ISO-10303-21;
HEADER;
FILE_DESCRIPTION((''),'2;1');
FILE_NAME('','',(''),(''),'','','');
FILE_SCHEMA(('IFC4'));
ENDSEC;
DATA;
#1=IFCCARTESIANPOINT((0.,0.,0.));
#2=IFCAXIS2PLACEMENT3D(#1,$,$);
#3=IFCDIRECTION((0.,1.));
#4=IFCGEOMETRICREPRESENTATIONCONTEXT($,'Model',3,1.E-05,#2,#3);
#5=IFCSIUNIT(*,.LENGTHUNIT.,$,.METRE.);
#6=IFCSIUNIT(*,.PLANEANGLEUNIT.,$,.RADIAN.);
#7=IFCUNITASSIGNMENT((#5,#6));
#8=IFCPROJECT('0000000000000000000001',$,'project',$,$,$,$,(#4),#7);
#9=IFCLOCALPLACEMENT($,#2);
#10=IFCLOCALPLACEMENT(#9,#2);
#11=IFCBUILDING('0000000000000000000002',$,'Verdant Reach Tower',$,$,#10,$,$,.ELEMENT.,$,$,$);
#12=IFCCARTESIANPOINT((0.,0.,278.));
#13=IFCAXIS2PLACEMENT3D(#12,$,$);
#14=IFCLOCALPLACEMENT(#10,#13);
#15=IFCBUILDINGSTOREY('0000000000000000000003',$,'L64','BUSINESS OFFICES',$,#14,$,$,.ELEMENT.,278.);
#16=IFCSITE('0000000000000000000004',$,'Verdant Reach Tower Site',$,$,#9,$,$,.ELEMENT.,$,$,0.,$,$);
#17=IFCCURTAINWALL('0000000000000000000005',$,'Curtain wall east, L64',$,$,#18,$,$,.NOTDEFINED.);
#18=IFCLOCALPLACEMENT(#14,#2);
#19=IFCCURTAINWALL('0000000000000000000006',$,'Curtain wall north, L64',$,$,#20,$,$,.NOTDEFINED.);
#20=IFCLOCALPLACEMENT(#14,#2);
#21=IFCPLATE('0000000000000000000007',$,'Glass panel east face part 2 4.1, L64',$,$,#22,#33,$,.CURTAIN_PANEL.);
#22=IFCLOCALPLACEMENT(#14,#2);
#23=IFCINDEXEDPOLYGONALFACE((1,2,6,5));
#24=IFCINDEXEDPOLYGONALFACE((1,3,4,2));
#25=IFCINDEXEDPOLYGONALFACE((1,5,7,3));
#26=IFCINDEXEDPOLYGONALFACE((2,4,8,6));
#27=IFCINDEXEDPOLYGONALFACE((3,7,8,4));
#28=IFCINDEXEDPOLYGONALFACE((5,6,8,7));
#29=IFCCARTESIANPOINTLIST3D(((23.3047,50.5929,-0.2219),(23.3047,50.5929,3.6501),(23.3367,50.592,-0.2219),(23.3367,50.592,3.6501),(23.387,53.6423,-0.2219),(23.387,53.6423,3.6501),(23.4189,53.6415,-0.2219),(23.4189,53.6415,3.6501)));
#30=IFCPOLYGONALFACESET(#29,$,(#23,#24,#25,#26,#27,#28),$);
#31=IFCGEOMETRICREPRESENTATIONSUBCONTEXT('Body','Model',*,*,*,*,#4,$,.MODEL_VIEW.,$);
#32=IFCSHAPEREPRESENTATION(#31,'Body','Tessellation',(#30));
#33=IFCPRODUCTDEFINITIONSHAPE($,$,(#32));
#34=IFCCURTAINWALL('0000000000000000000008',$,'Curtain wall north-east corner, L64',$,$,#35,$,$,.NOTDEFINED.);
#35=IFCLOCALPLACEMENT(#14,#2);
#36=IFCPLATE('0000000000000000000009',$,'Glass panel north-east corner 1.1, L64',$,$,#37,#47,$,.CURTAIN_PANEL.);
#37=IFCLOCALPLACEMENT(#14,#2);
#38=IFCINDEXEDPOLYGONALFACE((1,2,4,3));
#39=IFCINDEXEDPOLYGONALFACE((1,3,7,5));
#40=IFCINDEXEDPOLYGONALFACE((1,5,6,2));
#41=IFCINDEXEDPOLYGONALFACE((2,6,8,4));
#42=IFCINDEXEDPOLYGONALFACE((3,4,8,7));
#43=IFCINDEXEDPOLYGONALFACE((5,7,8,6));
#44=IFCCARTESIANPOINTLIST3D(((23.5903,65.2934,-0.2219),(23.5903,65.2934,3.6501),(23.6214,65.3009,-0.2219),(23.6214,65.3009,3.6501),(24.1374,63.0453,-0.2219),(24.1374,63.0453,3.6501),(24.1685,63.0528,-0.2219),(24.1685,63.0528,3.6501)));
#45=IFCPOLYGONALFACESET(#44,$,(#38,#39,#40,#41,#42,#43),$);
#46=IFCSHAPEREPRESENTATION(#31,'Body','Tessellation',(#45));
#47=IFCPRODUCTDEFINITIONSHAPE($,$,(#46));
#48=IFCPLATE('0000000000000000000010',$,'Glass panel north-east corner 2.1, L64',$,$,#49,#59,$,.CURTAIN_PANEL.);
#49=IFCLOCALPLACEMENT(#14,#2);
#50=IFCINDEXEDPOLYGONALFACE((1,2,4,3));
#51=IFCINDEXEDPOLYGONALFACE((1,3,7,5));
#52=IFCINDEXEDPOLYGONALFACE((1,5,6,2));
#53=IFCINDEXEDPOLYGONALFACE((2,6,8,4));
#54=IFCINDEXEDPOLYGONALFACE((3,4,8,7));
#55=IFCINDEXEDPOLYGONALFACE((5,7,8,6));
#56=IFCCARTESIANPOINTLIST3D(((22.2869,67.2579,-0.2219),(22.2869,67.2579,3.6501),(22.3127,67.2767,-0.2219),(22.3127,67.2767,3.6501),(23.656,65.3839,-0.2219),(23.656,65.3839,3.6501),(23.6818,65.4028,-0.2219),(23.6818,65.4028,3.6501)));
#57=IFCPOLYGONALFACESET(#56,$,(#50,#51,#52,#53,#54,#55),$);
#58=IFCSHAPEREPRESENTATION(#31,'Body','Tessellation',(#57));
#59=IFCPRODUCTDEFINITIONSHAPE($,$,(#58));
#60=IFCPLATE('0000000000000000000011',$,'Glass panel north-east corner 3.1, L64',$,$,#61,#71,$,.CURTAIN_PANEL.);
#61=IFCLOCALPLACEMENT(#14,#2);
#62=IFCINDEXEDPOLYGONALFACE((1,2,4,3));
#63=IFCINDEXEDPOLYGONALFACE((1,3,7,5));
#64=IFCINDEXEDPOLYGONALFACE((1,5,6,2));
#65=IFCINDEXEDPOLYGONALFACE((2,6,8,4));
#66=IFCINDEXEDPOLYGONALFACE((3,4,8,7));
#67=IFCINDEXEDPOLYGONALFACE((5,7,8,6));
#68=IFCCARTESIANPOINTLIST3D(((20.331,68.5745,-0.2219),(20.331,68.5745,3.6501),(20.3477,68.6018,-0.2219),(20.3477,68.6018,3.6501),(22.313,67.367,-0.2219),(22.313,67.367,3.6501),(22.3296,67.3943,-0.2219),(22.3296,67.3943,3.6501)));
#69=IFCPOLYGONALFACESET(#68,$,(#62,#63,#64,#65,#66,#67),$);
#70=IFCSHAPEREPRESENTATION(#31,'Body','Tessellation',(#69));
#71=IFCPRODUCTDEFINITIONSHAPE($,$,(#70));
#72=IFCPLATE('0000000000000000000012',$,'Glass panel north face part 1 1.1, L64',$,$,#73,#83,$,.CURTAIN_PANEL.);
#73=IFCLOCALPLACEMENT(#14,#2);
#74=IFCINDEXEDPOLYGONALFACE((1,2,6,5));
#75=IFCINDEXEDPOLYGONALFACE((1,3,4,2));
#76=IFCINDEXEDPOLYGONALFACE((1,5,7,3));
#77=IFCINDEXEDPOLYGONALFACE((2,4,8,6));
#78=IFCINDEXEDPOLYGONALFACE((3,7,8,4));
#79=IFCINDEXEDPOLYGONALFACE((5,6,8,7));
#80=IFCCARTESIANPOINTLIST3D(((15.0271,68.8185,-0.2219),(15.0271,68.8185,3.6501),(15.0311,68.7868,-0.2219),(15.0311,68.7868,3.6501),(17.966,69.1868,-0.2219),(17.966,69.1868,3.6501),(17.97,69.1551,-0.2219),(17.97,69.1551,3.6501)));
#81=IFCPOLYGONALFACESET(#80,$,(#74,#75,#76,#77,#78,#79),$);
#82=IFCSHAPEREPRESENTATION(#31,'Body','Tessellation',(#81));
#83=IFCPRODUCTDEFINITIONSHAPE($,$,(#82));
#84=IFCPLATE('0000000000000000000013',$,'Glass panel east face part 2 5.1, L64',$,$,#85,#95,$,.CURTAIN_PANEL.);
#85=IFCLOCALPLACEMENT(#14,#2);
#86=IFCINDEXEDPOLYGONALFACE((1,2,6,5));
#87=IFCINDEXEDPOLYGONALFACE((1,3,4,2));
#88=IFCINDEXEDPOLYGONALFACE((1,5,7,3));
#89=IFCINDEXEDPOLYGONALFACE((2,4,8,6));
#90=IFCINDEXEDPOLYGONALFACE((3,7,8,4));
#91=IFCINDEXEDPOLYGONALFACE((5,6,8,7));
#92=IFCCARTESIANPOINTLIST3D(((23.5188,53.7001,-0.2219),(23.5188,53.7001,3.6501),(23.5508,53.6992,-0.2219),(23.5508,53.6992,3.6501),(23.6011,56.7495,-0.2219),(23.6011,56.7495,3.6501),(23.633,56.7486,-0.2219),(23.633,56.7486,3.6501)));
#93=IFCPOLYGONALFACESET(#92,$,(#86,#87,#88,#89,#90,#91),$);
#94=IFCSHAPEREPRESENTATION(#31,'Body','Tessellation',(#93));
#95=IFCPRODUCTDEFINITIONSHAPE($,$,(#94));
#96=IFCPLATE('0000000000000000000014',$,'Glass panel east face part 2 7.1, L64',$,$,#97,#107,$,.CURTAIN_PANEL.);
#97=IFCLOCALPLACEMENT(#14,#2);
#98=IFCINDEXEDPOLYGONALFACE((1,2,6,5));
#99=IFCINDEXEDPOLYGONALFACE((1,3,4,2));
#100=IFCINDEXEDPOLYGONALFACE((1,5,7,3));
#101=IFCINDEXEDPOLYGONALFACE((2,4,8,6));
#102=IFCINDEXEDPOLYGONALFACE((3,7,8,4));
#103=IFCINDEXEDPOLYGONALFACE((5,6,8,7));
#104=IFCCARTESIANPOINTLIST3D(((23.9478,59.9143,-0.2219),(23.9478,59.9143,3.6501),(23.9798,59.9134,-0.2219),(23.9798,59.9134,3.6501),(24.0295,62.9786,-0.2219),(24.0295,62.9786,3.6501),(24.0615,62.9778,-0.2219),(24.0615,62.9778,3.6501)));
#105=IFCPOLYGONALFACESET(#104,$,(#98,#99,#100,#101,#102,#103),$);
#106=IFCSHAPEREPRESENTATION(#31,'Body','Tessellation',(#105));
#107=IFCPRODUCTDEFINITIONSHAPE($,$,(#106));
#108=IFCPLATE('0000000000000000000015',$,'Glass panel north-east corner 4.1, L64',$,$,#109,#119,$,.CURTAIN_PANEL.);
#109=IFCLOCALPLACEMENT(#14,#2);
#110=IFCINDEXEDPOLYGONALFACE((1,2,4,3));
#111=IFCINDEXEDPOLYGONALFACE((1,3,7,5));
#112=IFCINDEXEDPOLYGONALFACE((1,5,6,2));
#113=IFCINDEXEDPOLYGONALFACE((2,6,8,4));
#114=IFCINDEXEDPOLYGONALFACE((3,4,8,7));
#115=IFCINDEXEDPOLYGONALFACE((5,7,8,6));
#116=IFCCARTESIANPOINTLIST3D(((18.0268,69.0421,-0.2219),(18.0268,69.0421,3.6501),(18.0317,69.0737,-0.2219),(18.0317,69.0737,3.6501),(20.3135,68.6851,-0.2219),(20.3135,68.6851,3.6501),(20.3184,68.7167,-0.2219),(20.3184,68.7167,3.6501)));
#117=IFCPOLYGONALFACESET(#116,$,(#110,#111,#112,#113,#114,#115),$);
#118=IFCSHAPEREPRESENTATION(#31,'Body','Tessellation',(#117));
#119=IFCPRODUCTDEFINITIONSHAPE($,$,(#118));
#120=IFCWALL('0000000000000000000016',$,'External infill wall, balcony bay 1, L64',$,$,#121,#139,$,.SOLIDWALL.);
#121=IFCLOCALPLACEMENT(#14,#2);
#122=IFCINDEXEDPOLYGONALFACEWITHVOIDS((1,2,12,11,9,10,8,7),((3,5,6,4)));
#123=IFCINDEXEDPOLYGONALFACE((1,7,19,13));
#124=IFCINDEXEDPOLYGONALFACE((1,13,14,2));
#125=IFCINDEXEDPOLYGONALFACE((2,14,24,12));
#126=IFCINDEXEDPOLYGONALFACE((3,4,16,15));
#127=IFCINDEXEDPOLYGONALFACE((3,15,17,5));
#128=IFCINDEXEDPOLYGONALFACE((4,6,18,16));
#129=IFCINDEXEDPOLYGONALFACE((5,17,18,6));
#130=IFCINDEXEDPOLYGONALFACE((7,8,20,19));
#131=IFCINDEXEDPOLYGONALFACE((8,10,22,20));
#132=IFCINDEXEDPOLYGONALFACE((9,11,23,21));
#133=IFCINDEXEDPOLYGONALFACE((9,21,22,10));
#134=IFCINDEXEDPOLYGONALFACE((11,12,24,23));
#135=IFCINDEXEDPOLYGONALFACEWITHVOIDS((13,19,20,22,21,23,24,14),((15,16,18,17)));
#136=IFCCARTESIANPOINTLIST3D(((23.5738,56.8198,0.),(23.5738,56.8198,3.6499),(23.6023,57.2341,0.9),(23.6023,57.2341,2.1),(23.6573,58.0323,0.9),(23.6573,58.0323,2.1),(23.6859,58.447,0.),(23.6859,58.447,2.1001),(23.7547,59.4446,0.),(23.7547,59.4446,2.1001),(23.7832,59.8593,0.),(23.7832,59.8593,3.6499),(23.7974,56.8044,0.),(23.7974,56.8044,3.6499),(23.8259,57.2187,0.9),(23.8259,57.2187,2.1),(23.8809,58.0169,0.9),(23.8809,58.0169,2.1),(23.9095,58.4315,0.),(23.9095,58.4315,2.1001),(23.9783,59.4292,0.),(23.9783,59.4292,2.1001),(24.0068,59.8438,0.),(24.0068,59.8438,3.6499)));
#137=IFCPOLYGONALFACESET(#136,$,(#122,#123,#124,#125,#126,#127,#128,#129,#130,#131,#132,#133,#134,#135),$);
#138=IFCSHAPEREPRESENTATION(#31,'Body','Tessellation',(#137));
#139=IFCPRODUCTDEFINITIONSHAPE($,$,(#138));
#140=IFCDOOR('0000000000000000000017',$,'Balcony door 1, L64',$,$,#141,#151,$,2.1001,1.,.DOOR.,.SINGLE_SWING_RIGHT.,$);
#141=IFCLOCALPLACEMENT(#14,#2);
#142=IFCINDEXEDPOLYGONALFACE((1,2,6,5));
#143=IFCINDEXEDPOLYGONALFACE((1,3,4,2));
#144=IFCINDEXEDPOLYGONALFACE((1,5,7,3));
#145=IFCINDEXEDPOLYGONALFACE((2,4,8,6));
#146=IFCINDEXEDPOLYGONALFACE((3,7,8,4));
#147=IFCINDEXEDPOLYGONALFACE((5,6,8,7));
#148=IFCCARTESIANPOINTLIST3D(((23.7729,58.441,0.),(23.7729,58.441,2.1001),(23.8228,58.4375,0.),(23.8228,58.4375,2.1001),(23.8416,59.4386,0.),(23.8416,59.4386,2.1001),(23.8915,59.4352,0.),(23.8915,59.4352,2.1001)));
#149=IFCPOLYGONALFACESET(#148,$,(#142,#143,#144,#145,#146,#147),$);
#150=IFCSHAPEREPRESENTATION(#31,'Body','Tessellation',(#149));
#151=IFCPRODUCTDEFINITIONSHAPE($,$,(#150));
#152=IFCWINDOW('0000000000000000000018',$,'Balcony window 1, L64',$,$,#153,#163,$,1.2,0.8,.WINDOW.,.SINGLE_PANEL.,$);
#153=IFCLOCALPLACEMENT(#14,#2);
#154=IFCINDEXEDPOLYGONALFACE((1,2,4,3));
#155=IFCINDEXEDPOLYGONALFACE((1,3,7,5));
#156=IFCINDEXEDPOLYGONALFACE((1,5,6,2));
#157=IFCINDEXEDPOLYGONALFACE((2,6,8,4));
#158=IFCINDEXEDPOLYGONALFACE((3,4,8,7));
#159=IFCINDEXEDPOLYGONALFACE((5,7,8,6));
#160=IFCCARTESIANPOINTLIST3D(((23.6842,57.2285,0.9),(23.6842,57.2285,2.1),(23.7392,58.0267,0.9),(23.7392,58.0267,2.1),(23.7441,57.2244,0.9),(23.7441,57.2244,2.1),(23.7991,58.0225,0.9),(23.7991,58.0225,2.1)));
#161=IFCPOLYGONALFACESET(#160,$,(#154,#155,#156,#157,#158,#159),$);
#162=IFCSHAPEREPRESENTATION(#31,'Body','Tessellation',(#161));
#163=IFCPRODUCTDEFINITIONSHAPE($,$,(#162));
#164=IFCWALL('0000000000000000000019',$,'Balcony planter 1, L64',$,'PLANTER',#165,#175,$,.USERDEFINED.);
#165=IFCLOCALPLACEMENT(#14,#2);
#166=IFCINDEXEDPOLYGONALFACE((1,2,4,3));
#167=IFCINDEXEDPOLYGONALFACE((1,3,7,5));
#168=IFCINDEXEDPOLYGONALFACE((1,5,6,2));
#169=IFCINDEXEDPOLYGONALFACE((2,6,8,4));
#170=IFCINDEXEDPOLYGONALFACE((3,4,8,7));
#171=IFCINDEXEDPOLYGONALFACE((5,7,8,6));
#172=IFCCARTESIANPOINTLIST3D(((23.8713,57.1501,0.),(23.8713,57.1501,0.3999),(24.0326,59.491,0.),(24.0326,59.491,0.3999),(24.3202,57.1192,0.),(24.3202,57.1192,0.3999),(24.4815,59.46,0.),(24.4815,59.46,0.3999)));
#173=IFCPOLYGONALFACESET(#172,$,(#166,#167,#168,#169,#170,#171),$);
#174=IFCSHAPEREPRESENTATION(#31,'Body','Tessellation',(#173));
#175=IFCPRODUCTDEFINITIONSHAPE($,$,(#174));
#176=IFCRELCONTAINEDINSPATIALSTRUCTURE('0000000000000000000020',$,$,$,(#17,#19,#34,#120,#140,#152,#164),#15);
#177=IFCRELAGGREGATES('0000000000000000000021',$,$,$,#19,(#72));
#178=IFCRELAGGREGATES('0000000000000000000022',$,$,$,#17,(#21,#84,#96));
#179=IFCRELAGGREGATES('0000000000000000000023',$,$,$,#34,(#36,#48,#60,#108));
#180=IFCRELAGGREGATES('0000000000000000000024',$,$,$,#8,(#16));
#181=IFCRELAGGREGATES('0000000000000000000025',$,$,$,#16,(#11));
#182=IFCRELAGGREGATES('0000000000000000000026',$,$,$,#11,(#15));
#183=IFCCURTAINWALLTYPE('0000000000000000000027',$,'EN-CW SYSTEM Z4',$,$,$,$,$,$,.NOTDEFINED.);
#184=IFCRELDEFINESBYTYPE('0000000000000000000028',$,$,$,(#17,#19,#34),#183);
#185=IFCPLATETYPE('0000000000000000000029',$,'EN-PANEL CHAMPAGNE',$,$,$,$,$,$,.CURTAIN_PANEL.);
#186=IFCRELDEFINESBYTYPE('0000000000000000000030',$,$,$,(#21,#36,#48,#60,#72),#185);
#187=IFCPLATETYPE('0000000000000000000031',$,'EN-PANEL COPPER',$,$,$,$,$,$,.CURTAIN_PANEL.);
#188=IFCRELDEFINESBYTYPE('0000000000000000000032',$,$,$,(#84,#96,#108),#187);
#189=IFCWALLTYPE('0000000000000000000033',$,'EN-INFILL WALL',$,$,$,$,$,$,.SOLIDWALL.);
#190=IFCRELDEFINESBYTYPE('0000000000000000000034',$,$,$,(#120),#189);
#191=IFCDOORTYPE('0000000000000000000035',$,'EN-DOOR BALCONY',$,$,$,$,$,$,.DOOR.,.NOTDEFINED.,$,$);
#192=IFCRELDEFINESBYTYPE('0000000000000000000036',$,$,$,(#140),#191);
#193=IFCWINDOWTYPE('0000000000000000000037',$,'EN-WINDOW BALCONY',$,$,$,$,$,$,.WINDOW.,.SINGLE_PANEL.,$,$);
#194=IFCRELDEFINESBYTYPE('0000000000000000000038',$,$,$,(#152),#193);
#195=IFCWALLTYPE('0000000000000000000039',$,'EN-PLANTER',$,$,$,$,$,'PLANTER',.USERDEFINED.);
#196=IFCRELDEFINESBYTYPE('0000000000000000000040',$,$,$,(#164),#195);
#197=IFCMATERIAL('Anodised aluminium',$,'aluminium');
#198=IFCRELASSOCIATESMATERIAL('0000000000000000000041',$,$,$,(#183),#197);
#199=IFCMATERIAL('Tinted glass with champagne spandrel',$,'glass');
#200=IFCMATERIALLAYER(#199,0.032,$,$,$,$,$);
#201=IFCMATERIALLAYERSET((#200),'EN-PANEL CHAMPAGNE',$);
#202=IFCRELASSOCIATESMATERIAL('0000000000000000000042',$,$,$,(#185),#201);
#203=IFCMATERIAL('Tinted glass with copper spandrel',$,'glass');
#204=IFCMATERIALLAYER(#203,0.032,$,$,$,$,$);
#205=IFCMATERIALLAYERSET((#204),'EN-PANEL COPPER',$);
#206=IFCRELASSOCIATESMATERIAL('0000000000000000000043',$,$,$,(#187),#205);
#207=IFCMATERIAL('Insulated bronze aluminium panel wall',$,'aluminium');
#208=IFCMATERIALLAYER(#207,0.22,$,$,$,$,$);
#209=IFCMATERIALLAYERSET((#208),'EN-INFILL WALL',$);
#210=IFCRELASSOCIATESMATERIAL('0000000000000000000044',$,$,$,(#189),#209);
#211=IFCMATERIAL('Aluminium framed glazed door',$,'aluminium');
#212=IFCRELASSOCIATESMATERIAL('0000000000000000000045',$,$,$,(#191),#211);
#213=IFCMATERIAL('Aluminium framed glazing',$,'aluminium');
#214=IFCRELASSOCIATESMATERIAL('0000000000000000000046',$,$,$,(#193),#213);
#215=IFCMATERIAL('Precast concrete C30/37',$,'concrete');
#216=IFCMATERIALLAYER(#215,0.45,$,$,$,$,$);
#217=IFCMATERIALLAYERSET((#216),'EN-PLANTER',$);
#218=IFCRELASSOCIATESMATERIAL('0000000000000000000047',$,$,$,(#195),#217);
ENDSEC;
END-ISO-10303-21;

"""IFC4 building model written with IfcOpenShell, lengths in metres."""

from ifc_helpers import new_model, si_unit, direction, frame, frame_2d, origin, origin_2d, place, context, subcontext, project, spatial, rectangle, extrude, material, layer, layer_set, type_object, element, fill, aggregate, save


model = new_model("IFC4")

# Units and contexts
model_context = context("Model", 3, precision=1e-05, world=origin(), true_north=direction((0.0, 1.0)))
body_context = subcontext(model_context, "Body", "Model", "MODEL_VIEW")
ifc_project = project(units=[si_unit("LENGTHUNIT", "METRE"), si_unit("PLANEANGLEUNIT", "RADIAN")], contexts=[model_context])

# Site, building, storey
site_placement = place(None, origin())
site = spatial("IfcSite", under=ifc_project, at=site_placement, Name="Verdant Reach Tower Site", CompositionType="ELEMENT", RefElevation=0.0)
building_placement = place(site_placement, origin())
building = spatial("IfcBuilding", under=site, at=building_placement, Name="Verdant Reach Tower", CompositionType="ELEMENT")
storey_placement = place(building_placement, frame((0.0, 0.0, 278.0)))
storey = spatial("IfcBuildingStorey", under=building, at=storey_placement, Name="L64", Description="BUSINESS OFFICES", CompositionType="ELEMENT", Elevation=278.0)

# Curtain walls
ifc_material_1 = material(Name="Anodised aluminium", Category="aluminium")
curtain_wall_type = type_object("IfcCurtainWallType", Name="EN-CW SYSTEM Z4", PredefinedType="NOTDEFINED", material=ifc_material_1)
curtain_wall_1_placement = place(storey_placement, origin())
curtain_wall_1 = element("IfcCurtainWall", 1, at=curtain_wall_1_placement, inside=storey, type_object=curtain_wall_type, Name="Curtain wall east, L64", PredefinedType="NOTDEFINED")
curtain_wall_2_placement = place(storey_placement, origin())
curtain_wall_2 = element("IfcCurtainWall", 2, at=curtain_wall_2_placement, inside=storey, type_object=curtain_wall_type, Name="Curtain wall north, L64", PredefinedType="NOTDEFINED")

# Plate
ifc_material_2 = material(Name="Tinted glass with champagne spandrel", Category="glass")
ifc_layer_1 = layer(ifc_material_2, 0.032)
ifc_layer_set_1 = layer_set([ifc_layer_1], Name="EN-PANEL CHAMPAGNE")
plate_type_1 = type_object("IfcPlateType", Name="EN-PANEL CHAMPAGNE", PredefinedType="CURTAIN_PANEL", material=ifc_layer_set_1)
plate_1_placement = place(storey_placement, frame((23.3618, 52.1172, -0.2219), z_axis=(0.0, 0.0, 1.0), x_axis=(0.026965, 0.999636, 0.0)))
plate_1 = element("IfcPlate", 3, at=plate_1_placement, type_object=plate_type_1, Name="Glass panel east face part 2 4.1, L64", PredefinedType="CURTAIN_PANEL", context=body_context, shape_type="SweptSolid", body=[
    extrude(rectangle(XDim=3.0505, YDim=0.032, at=origin_2d()), origin(), (0.0, 0.0, 1.0), 3.8721),
])

# Curtain wall, plates
curtain_wall_3_placement = place(storey_placement, origin())
curtain_wall_3 = element("IfcCurtainWall", 4, at=curtain_wall_3_placement, inside=storey, type_object=curtain_wall_type, Name="Curtain wall north-east corner, L64", PredefinedType="NOTDEFINED")
plate_2_placement = place(storey_placement, frame((23.8794, 64.1731, -0.2219), z_axis=(0.0, 0.0, 1.0), x_axis=(-0.236459, 0.971642, 0.0)))
plate_2 = element("IfcPlate", 5, at=plate_2_placement, type_object=plate_type_1, Name="Glass panel north-east corner 1.1, L64", PredefinedType="CURTAIN_PANEL", context=body_context, shape_type="SweptSolid", body=[
    extrude(rectangle(XDim=2.3137, YDim=0.032, at=origin_2d()), origin(), (0.0, 0.0, 1.0), 3.8721),
])
plate_3_placement = place(storey_placement, frame((22.9844, 66.3303, -0.2219), z_axis=(0.0, 0.0, 1.0), x_axis=(-0.589927, 0.807457, 0.0)))
plate_3 = element("IfcPlate", 6, at=plate_3_placement, type_object=plate_type_1, Name="Glass panel north-east corner 2.1, L64", PredefinedType="CURTAIN_PANEL", context=body_context, shape_type="SweptSolid", body=[
    extrude(rectangle(XDim=2.3208, YDim=0.032, at=origin_2d()), origin(), (0.0, 0.0, 1.0), 3.8721),
])
plate_4_placement = place(storey_placement, frame((21.3303, 67.9844, -0.2219), z_axis=(0.0, 0.0, 1.0), x_axis=(-0.853989, 0.520292, 0.0)))
plate_4 = element("IfcPlate", 7, at=plate_4_placement, type_object=plate_type_1, Name="Glass panel north-east corner 3.1, L64", PredefinedType="CURTAIN_PANEL", context=body_context, shape_type="SweptSolid", body=[
    extrude(rectangle(XDim=2.3208, YDim=0.032, at=origin_2d()), origin(), (0.0, 0.0, 1.0), 3.8721),
])

# Plates
plate_5_placement = place(storey_placement, frame((16.4985, 68.9868, -0.2219), z_axis=(0.0, 0.0, 1.0), x_axis=(-0.992239, -0.124346, 0.0)))
plate_5 = element("IfcPlate", 8, at=plate_5_placement, type_object=plate_type_1, Name="Glass panel north face part 1 1.1, L64", PredefinedType="CURTAIN_PANEL", context=body_context, shape_type="SweptSolid", body=[
    extrude(rectangle(XDim=2.9619, YDim=0.032, at=origin_2d()), origin(), (0.0, 0.0, 1.0), 3.8721),
])
aggregate(curtain_wall_2, [plate_5])
ifc_material_3 = material(Name="Tinted glass with copper spandrel", Category="glass")
ifc_layer_2 = layer(ifc_material_3, 0.032)
ifc_layer_set_2 = layer_set([ifc_layer_2], Name="EN-PANEL COPPER")
plate_type_2 = type_object("IfcPlateType", Name="EN-PANEL COPPER", PredefinedType="CURTAIN_PANEL", material=ifc_layer_set_2)
plate_6_placement = place(storey_placement, frame((23.5759, 55.2244, -0.2219), z_axis=(0.0, 0.0, 1.0), x_axis=(0.026965, 0.999636, 0.0)))
plate_6 = element("IfcPlate", 9, at=plate_6_placement, type_object=plate_type_2, Name="Glass panel east face part 2 5.1, L64", PredefinedType="CURTAIN_PANEL", context=body_context, shape_type="SweptSolid", body=[
    extrude(rectangle(XDim=3.0505, YDim=0.032, at=origin_2d()), origin(), (0.0, 0.0, 1.0), 3.8721),
])
plate_7_placement = place(storey_placement, frame((24.0046, 61.446, -0.2219), z_axis=(0.0, 0.0, 1.0), x_axis=(0.026651, 0.999645, 0.0)))
plate_7 = element("IfcPlate", 10, at=plate_7_placement, type_object=plate_type_2, Name="Glass panel east face part 2 7.1, L64", PredefinedType="CURTAIN_PANEL", context=body_context, shape_type="SweptSolid", body=[
    extrude(rectangle(XDim=3.0654, YDim=0.032, at=origin_2d()), origin(), (0.0, 0.0, 1.0), 3.8721),
])
aggregate(curtain_wall_1, [plate_1, plate_6, plate_7])
plate_8_placement = place(storey_placement, frame((19.1726, 68.8794, -0.2219), z_axis=(0.0, 0.0, 1.0), x_axis=(-0.988027, 0.154279, 0.0)))
plate_8 = element("IfcPlate", 11, at=plate_8_placement, type_object=plate_type_2, Name="Glass panel north-east corner 4.1, L64", PredefinedType="CURTAIN_PANEL", context=body_context, shape_type="SweptSolid", body=[
    extrude(rectangle(XDim=2.3145, YDim=0.032, at=origin_2d()), origin(), (0.0, 0.0, 1.0), 3.8721),
])
aggregate(curtain_wall_3, [plate_2, plate_3, plate_4, plate_8])

# Wall, openings, door, window
ifc_material_4 = material(Name="Insulated bronze aluminium panel wall", Category="aluminium")
ifc_layer_3 = layer(ifc_material_4, 0.22)
ifc_layer_set_3 = layer_set([ifc_layer_3], Name="EN-INFILL WALL")
wall_type_1 = type_object("IfcWallType", Name="EN-INFILL WALL", PredefinedType="SOLIDWALL", material=ifc_layer_set_3)
wall_1_placement = place(storey_placement, frame((23.6855, 56.812, 0.0), z_axis=(0.0, 0.0, 1.0), x_axis=(0.068758, 0.997633, 0.0)))
wall_1 = element("IfcWall", 12, at=wall_1_placement, inside=storey, type_object=wall_type_1, Name="External infill wall, balcony bay 1, L64", PredefinedType="SOLIDWALL", context=body_context, shape_type="SweptSolid", body=[
    extrude(rectangle(XDim=3.0466, YDim=0.2241, at=frame_2d((1.5234, 0.0))), origin(), (0.0, 0.0, 1.0), 3.6499),
])
opening_1_placement = place(wall_1_placement, frame((1.6311, 0.0, 0.0)))
opening_1 = element("IfcOpeningElement", 13, at=opening_1_placement, cuts=wall_1, PredefinedType="OPENING", context=body_context, shape_type="SweptSolid", body=[
    extrude(rectangle(XDim=1.0, YDim=2.1001, at=frame_2d((0.5, 1.05))), frame((0.0, 0.1221, 0.0), z_axis=(0.0, -1.0, 0.0), x_axis=(1.0, 0.0, 0.0)), (0.0, 0.0, 1.0), 0.2441),
])
opening_2_placement = place(wall_1_placement, frame((0.4155, 0.0, 0.8999)))
opening_2 = element("IfcOpeningElement", 14, at=opening_2_placement, cuts=wall_1, PredefinedType="OPENING", context=body_context, shape_type="SweptSolid", body=[
    extrude(rectangle(XDim=0.8, YDim=1.2, at=frame_2d((0.3999, 0.6001))), frame((0.0, 0.1221, 0.0), z_axis=(0.0, -1.0, 0.0), x_axis=(1.0, 0.0, 0.0)), (0.0, 0.0, 1.0), 0.2441),
])
ifc_material_5 = material(Name="Aluminium framed glazed door", Category="aluminium")
door_type = type_object("IfcDoorType", Name="EN-DOOR BALCONY", OperationType="NOTDEFINED", PredefinedType="DOOR", material=ifc_material_5)
door_placement = place(opening_1_placement, origin())
door = element("IfcDoor", 15, at=door_placement, inside=storey, type_object=door_type, Name="Balcony door 1, L64", OperationType="SINGLE_SWING_RIGHT", OverallHeight=2.1001, OverallWidth=1.0, PredefinedType="DOOR", context=body_context, shape_type="SweptSolid", body=[
    extrude(rectangle(XDim=1.0, YDim=2.1001, at=frame_2d((0.5, 1.05))), frame((0.0, 0.0249, 0.0), z_axis=(0.0, -1.0, 0.0), x_axis=(1.0, 0.0, 0.0)), (0.0, 0.0, 1.0), 0.05),
])
fill(opening_1, door)
ifc_material_6 = material(Name="Aluminium framed glazing", Category="aluminium")
window_type = type_object("IfcWindowType", Name="EN-WINDOW BALCONY", PartitioningType="SINGLE_PANEL", PredefinedType="WINDOW", material=ifc_material_6)
window_placement = place(opening_2_placement, origin())
window = element("IfcWindow", 16, at=window_placement, inside=storey, type_object=window_type, Name="Balcony window 1, L64", OverallHeight=1.2, OverallWidth=0.8, PartitioningType="SINGLE_PANEL", PredefinedType="WINDOW", context=body_context, shape_type="SweptSolid", body=[
    extrude(rectangle(XDim=0.8, YDim=1.2, at=frame_2d((0.3999, 0.6001))), frame((0.0, 0.03, 0.0), z_axis=(0.0, -1.0, 0.0), x_axis=(1.0, 0.0, 0.0)), (0.0, 0.0, 1.0), 0.0601),
])
fill(opening_2, window)

# Wall
ifc_material_7 = material(Name="Precast concrete C30/37", Category="concrete")
ifc_layer_4 = layer(ifc_material_7, 0.45)
ifc_layer_set_4 = layer_set([ifc_layer_4], Name="EN-PLANTER")
wall_type_2 = type_object("IfcWallType", Name="EN-PLANTER", ElementType="PLANTER", PredefinedType="USERDEFINED", material=ifc_layer_set_4)
wall_2_placement = place(storey_placement, frame((24.0957, 57.1345, 0.0), z_axis=(0.0, 0.0, 1.0), x_axis=(0.068777, 0.997632, 0.0)))
element("IfcWall", 17, at=wall_2_placement, inside=storey, type_object=wall_type_2, Name="Balcony planter 1, L64", ObjectType="PLANTER", PredefinedType="USERDEFINED", context=body_context, shape_type="SweptSolid", body=[
    extrude(rectangle(XDim=2.3464, YDim=0.45, at=frame_2d((1.1733, 0.0))), origin(), (0.0, 0.0, 1.0), 0.3999),
])

save(model, "model.ifc")
